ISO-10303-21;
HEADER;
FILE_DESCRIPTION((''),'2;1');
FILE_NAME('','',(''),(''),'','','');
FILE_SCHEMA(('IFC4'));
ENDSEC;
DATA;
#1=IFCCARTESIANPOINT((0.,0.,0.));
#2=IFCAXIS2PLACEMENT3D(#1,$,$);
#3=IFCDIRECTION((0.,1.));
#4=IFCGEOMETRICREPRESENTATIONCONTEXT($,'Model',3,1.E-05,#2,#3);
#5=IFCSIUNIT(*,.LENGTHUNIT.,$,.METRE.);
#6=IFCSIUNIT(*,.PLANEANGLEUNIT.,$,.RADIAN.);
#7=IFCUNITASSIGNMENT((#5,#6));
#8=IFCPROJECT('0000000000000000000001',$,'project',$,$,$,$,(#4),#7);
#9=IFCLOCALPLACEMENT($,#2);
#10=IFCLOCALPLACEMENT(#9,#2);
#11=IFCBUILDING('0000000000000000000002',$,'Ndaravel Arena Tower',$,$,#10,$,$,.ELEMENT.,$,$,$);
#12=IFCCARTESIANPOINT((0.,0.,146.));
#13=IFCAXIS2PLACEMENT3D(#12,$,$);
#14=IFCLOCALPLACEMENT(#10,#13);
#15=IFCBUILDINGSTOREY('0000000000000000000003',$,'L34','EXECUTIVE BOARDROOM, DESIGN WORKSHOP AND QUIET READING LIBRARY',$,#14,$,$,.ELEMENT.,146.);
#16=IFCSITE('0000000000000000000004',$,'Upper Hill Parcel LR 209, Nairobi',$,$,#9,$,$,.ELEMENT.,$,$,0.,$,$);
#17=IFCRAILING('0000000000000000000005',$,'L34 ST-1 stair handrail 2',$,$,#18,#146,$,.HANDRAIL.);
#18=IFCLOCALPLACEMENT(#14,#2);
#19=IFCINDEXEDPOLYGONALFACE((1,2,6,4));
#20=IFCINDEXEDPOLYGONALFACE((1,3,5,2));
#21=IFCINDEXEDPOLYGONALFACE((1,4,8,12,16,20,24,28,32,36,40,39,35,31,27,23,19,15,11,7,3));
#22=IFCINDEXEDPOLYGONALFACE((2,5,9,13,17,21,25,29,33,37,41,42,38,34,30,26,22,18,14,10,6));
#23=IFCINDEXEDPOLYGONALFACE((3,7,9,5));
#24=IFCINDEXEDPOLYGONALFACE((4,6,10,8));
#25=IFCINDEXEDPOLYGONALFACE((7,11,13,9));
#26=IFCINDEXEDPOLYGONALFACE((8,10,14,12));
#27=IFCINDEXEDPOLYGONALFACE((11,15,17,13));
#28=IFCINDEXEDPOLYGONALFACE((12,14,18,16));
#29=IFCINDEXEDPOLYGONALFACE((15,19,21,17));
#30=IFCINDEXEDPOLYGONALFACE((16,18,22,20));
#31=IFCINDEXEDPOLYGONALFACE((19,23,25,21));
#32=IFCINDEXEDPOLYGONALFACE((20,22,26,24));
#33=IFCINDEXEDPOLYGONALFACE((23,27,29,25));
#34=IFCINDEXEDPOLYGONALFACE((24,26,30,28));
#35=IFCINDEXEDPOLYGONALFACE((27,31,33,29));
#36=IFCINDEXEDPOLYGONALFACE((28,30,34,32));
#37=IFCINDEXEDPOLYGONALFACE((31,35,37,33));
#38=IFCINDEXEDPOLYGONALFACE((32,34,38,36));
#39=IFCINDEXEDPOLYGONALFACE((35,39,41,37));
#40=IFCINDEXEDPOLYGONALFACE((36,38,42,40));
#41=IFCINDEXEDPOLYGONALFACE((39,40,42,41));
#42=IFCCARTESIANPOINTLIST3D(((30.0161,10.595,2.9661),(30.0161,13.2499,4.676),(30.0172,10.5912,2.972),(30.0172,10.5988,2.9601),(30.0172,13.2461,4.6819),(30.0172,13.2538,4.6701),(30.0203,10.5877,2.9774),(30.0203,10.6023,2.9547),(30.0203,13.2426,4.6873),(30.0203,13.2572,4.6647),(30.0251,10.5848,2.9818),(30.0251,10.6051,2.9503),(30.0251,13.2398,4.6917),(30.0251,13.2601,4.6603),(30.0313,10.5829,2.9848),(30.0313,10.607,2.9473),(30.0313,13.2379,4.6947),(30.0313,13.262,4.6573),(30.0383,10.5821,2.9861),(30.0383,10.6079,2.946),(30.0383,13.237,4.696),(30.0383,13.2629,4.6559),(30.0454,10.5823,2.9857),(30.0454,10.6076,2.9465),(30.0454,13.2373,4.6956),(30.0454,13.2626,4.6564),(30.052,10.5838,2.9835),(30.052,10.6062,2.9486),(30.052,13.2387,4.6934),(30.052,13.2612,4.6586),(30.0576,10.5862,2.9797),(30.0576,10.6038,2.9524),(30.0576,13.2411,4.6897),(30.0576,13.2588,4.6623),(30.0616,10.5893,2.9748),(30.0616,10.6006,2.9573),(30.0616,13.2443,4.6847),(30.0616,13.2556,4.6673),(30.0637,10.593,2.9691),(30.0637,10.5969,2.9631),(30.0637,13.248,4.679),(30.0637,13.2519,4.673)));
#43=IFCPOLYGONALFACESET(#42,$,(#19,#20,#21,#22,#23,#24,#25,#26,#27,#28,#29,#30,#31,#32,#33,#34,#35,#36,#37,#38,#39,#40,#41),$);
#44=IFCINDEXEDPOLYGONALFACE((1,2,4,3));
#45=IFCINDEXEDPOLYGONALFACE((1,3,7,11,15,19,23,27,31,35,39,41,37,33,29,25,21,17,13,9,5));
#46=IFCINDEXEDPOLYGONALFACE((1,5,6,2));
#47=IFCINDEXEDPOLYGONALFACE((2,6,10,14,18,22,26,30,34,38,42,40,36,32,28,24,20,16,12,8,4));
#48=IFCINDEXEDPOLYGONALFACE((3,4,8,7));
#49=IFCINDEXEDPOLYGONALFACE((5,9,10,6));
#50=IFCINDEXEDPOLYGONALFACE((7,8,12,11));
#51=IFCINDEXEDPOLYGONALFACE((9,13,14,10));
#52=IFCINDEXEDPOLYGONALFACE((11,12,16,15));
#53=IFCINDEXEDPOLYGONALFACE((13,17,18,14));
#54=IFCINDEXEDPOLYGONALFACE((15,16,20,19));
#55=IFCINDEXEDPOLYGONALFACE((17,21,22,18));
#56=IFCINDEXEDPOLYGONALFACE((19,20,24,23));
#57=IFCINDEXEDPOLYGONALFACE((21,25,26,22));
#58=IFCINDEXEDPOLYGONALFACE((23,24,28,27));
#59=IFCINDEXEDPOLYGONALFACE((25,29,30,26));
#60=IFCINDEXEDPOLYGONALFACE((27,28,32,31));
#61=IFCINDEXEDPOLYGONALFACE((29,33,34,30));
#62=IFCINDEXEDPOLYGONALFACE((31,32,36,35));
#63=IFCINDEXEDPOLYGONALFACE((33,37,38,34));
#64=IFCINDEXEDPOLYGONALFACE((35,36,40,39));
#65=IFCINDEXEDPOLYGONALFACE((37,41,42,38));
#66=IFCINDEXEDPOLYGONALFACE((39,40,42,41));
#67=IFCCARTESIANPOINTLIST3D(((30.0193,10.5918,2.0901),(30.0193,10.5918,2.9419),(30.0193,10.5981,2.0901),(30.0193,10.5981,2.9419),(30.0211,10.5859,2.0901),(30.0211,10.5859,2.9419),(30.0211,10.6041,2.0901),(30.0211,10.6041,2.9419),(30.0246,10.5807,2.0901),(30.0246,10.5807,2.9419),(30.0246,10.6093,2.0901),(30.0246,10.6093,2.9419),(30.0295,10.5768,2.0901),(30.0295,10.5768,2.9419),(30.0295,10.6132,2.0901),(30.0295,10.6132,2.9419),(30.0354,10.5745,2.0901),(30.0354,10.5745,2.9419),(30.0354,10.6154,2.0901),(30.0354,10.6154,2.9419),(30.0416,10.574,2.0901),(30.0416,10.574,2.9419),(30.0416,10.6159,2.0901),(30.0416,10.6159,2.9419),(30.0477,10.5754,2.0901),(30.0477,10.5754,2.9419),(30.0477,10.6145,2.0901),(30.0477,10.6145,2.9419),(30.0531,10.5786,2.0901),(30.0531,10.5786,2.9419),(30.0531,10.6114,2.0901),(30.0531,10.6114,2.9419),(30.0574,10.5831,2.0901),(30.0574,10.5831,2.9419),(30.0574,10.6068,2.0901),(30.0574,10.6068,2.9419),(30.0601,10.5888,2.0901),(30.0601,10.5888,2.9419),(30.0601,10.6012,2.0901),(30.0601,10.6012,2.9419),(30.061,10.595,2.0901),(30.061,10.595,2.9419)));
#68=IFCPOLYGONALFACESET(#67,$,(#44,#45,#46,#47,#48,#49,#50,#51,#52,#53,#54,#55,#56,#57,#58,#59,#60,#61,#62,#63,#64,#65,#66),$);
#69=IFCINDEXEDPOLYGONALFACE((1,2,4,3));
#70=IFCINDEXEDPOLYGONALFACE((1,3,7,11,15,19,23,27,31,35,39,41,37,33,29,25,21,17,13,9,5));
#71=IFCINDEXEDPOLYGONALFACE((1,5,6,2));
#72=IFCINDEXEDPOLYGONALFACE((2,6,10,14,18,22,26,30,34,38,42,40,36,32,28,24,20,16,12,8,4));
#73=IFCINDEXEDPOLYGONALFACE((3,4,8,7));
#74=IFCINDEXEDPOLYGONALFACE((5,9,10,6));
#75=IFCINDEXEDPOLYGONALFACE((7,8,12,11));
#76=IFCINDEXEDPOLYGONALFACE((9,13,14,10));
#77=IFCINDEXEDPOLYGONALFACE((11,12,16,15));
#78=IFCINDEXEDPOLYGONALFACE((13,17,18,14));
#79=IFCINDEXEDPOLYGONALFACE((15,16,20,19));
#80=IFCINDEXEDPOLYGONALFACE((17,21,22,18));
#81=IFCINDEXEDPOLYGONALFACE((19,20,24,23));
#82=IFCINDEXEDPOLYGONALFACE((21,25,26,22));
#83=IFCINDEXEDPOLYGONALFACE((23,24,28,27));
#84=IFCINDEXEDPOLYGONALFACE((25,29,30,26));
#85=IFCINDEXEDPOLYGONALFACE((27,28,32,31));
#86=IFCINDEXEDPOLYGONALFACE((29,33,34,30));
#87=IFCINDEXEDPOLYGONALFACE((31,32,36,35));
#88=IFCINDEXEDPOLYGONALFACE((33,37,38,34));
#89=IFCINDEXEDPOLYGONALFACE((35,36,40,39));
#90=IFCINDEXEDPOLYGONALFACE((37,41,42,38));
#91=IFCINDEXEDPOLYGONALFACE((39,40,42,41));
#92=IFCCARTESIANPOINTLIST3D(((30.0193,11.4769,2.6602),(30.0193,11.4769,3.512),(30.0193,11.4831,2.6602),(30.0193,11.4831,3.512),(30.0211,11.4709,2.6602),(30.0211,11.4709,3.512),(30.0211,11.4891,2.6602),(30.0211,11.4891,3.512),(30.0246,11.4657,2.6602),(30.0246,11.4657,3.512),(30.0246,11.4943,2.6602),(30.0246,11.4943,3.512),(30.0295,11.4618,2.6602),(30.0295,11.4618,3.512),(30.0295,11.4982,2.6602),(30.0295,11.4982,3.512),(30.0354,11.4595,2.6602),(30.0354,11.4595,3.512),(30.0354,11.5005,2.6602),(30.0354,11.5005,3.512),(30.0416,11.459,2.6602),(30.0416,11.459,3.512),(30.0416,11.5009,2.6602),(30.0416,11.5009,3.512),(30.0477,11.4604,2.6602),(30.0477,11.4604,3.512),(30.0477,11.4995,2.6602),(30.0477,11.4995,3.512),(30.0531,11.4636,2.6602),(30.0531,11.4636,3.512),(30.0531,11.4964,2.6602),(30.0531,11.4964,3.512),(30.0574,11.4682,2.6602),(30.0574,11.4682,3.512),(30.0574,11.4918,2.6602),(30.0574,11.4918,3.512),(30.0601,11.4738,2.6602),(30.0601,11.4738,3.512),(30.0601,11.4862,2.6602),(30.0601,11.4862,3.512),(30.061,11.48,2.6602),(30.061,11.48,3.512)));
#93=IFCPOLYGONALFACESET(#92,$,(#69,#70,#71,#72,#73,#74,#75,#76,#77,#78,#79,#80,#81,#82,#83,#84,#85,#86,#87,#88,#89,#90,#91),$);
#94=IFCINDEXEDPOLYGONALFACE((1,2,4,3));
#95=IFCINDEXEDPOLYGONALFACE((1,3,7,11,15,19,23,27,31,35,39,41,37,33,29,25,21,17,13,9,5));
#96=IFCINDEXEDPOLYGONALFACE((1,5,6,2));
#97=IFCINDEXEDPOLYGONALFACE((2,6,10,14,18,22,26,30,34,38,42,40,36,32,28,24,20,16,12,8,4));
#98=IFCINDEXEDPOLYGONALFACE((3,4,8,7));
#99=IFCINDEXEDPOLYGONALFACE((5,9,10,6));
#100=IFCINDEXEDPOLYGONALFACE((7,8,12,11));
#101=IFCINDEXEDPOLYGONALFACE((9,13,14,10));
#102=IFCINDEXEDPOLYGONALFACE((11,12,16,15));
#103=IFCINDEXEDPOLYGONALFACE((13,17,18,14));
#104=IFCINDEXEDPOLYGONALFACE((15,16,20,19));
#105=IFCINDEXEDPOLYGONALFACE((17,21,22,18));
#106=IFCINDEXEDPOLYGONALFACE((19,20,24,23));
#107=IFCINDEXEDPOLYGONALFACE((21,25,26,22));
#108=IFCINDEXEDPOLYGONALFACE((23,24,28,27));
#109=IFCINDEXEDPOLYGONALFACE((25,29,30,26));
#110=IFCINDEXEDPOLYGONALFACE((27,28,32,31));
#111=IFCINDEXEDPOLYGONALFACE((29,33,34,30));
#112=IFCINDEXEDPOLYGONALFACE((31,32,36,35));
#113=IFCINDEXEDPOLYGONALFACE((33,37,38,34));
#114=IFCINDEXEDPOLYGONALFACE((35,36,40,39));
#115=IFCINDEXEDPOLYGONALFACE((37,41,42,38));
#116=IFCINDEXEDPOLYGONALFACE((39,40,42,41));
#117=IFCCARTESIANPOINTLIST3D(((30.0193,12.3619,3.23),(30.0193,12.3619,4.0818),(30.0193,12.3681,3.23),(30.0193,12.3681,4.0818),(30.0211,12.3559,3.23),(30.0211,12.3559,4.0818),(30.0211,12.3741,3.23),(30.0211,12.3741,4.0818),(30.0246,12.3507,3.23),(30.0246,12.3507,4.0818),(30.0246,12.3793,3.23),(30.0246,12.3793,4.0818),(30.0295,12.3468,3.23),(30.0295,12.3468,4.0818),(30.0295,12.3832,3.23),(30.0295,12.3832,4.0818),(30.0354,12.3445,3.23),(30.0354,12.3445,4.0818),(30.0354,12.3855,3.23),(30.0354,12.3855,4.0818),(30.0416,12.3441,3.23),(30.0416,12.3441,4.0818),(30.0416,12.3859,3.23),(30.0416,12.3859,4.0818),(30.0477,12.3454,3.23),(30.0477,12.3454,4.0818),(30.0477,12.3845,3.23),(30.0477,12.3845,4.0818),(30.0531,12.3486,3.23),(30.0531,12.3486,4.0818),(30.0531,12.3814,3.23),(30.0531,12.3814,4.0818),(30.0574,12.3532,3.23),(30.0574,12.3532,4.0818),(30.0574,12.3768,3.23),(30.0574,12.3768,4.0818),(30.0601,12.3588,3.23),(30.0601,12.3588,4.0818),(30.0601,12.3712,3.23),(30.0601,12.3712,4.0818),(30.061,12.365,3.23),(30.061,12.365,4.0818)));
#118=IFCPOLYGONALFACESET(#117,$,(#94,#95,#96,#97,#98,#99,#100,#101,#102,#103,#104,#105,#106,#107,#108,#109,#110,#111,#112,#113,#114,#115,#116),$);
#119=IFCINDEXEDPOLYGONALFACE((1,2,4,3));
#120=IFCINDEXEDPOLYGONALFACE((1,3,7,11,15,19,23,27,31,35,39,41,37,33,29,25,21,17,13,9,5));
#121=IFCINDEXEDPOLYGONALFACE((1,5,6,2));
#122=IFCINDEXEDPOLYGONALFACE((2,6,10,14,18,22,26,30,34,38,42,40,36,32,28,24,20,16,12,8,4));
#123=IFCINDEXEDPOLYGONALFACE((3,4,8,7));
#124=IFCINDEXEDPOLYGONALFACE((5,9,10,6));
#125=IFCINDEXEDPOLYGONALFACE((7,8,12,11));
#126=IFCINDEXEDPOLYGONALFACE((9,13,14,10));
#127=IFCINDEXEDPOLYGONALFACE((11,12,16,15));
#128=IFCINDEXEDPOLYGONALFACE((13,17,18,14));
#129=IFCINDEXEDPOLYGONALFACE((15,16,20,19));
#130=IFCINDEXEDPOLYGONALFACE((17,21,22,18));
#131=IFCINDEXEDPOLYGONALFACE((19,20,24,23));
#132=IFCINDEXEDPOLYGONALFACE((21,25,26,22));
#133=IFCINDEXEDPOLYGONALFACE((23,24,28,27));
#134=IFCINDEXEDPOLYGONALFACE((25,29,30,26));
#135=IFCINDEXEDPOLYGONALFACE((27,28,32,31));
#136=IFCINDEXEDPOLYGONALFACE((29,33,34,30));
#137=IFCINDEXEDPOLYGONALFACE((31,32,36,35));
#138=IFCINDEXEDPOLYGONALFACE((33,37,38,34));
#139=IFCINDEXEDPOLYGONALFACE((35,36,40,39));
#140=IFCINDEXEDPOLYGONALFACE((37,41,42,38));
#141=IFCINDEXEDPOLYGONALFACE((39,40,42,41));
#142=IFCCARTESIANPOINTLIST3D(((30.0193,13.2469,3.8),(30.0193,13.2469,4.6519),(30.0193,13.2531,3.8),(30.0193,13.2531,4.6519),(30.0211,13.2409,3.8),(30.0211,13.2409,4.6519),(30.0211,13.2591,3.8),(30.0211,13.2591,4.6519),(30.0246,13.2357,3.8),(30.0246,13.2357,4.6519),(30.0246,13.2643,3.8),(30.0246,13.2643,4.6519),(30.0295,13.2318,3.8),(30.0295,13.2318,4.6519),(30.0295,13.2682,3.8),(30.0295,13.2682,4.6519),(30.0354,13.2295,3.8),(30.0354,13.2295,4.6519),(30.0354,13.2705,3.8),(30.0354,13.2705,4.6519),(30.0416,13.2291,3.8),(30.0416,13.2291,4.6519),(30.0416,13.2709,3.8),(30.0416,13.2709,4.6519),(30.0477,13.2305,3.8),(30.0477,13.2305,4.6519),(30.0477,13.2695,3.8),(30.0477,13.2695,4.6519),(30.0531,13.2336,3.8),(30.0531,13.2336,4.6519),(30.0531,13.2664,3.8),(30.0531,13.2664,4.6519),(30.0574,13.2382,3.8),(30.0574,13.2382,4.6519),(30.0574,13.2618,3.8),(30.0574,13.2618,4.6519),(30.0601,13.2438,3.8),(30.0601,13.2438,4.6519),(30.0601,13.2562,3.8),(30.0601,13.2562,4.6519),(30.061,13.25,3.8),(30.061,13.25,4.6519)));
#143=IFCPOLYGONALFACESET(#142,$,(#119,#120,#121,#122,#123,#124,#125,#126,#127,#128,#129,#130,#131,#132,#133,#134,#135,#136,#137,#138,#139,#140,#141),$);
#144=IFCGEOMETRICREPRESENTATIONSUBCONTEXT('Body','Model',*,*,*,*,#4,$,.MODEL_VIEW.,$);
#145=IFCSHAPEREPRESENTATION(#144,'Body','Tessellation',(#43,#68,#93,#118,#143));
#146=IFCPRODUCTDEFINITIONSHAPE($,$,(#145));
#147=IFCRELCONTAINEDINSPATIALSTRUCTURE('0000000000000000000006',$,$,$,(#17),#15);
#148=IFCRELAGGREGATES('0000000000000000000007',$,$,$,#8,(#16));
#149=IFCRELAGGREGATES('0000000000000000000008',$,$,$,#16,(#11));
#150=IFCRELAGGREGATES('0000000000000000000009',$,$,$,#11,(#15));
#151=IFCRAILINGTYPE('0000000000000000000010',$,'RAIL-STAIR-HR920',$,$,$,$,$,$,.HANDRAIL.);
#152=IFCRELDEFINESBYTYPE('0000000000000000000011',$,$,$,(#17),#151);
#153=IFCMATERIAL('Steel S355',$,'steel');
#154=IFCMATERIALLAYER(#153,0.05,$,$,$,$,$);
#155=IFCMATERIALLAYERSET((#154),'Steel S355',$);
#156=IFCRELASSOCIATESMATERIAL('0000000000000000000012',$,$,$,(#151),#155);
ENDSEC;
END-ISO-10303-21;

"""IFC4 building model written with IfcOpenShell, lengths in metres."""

from ifc_helpers import new_model, si_unit, direction, frame, origin, origin_2d, place, context, subcontext, project, spatial, circle, extrude, material, layer, layer_set, type_object, element, save


model = new_model("IFC4")

# Units and contexts
model_context = context("Model", 3, precision=1e-05, world=origin(), true_north=direction((0.0, 1.0)))
body_context = subcontext(model_context, "Body", "Model", "MODEL_VIEW")
ifc_project = project(units=[si_unit("LENGTHUNIT", "METRE"), si_unit("PLANEANGLEUNIT", "RADIAN")], contexts=[model_context])

# Site, building, storey
site_placement = place(None, origin())
site = spatial("IfcSite", under=ifc_project, at=site_placement, Name="Upper Hill Parcel LR 209, Nairobi", CompositionType="ELEMENT", RefElevation=0.0)
building_placement = place(site_placement, origin())
building = spatial("IfcBuilding", under=site, at=building_placement, Name="Ndaravel Arena Tower", CompositionType="ELEMENT")
storey_placement = place(building_placement, frame((0.0, 0.0, 146.0)))
storey = spatial("IfcBuildingStorey", under=building, at=storey_placement, Name="L34", Description="EXECUTIVE BOARDROOM, DESIGN WORKSHOP AND QUIET READING LIBRARY", CompositionType="ELEMENT", Elevation=146.0)

# Railing
ifc_material_1 = material(Name="Steel S355", Category="steel")
ifc_layer_1 = layer(ifc_material_1, 0.05)
ifc_layer_set_1 = layer_set([ifc_layer_1], Name="Steel S355")
railing_type_1 = type_object("IfcRailingType", Name="RAIL-STAIR-HR920", PredefinedType="HANDRAIL", material=ifc_layer_set_1)
railing_1_placement = place(storey_placement, frame((30.04, 10.595, 2.0901)))
element("IfcRailing", 1, at=railing_1_placement, inside=storey, type_object=railing_type_1, Name="L34 ST-1 stair handrail 2", PredefinedType="HANDRAIL", context=body_context, shape_type="SweptSolid", body=[
    extrude(circle(Radius=0.0239, at=origin_2d()), frame((0.0, 0.0, 0.876), z_axis=(0.0, 0.840724, 0.541465), x_axis=(-1.0, 0.0, 0.0)), (0.0, 0.0, 1.0), 3.158),
    extrude(circle(Radius=0.021, at=origin_2d()), origin(), (0.0, 0.0, 1.0), 0.8518),
    extrude(circle(Radius=0.021, at=origin_2d()), frame((0.0, 0.885, 0.5701)), (0.0, 0.0, 1.0), 0.8518),
    extrude(circle(Radius=0.021, at=origin_2d()), frame((0.0, 1.77, 1.1399)), (0.0, 0.0, 1.0), 0.8518),
    extrude(circle(Radius=0.021, at=origin_2d()), frame((0.0, 2.655, 1.71)), (0.0, 0.0, 1.0), 0.8518),
])

save(model, "model.ifc")
